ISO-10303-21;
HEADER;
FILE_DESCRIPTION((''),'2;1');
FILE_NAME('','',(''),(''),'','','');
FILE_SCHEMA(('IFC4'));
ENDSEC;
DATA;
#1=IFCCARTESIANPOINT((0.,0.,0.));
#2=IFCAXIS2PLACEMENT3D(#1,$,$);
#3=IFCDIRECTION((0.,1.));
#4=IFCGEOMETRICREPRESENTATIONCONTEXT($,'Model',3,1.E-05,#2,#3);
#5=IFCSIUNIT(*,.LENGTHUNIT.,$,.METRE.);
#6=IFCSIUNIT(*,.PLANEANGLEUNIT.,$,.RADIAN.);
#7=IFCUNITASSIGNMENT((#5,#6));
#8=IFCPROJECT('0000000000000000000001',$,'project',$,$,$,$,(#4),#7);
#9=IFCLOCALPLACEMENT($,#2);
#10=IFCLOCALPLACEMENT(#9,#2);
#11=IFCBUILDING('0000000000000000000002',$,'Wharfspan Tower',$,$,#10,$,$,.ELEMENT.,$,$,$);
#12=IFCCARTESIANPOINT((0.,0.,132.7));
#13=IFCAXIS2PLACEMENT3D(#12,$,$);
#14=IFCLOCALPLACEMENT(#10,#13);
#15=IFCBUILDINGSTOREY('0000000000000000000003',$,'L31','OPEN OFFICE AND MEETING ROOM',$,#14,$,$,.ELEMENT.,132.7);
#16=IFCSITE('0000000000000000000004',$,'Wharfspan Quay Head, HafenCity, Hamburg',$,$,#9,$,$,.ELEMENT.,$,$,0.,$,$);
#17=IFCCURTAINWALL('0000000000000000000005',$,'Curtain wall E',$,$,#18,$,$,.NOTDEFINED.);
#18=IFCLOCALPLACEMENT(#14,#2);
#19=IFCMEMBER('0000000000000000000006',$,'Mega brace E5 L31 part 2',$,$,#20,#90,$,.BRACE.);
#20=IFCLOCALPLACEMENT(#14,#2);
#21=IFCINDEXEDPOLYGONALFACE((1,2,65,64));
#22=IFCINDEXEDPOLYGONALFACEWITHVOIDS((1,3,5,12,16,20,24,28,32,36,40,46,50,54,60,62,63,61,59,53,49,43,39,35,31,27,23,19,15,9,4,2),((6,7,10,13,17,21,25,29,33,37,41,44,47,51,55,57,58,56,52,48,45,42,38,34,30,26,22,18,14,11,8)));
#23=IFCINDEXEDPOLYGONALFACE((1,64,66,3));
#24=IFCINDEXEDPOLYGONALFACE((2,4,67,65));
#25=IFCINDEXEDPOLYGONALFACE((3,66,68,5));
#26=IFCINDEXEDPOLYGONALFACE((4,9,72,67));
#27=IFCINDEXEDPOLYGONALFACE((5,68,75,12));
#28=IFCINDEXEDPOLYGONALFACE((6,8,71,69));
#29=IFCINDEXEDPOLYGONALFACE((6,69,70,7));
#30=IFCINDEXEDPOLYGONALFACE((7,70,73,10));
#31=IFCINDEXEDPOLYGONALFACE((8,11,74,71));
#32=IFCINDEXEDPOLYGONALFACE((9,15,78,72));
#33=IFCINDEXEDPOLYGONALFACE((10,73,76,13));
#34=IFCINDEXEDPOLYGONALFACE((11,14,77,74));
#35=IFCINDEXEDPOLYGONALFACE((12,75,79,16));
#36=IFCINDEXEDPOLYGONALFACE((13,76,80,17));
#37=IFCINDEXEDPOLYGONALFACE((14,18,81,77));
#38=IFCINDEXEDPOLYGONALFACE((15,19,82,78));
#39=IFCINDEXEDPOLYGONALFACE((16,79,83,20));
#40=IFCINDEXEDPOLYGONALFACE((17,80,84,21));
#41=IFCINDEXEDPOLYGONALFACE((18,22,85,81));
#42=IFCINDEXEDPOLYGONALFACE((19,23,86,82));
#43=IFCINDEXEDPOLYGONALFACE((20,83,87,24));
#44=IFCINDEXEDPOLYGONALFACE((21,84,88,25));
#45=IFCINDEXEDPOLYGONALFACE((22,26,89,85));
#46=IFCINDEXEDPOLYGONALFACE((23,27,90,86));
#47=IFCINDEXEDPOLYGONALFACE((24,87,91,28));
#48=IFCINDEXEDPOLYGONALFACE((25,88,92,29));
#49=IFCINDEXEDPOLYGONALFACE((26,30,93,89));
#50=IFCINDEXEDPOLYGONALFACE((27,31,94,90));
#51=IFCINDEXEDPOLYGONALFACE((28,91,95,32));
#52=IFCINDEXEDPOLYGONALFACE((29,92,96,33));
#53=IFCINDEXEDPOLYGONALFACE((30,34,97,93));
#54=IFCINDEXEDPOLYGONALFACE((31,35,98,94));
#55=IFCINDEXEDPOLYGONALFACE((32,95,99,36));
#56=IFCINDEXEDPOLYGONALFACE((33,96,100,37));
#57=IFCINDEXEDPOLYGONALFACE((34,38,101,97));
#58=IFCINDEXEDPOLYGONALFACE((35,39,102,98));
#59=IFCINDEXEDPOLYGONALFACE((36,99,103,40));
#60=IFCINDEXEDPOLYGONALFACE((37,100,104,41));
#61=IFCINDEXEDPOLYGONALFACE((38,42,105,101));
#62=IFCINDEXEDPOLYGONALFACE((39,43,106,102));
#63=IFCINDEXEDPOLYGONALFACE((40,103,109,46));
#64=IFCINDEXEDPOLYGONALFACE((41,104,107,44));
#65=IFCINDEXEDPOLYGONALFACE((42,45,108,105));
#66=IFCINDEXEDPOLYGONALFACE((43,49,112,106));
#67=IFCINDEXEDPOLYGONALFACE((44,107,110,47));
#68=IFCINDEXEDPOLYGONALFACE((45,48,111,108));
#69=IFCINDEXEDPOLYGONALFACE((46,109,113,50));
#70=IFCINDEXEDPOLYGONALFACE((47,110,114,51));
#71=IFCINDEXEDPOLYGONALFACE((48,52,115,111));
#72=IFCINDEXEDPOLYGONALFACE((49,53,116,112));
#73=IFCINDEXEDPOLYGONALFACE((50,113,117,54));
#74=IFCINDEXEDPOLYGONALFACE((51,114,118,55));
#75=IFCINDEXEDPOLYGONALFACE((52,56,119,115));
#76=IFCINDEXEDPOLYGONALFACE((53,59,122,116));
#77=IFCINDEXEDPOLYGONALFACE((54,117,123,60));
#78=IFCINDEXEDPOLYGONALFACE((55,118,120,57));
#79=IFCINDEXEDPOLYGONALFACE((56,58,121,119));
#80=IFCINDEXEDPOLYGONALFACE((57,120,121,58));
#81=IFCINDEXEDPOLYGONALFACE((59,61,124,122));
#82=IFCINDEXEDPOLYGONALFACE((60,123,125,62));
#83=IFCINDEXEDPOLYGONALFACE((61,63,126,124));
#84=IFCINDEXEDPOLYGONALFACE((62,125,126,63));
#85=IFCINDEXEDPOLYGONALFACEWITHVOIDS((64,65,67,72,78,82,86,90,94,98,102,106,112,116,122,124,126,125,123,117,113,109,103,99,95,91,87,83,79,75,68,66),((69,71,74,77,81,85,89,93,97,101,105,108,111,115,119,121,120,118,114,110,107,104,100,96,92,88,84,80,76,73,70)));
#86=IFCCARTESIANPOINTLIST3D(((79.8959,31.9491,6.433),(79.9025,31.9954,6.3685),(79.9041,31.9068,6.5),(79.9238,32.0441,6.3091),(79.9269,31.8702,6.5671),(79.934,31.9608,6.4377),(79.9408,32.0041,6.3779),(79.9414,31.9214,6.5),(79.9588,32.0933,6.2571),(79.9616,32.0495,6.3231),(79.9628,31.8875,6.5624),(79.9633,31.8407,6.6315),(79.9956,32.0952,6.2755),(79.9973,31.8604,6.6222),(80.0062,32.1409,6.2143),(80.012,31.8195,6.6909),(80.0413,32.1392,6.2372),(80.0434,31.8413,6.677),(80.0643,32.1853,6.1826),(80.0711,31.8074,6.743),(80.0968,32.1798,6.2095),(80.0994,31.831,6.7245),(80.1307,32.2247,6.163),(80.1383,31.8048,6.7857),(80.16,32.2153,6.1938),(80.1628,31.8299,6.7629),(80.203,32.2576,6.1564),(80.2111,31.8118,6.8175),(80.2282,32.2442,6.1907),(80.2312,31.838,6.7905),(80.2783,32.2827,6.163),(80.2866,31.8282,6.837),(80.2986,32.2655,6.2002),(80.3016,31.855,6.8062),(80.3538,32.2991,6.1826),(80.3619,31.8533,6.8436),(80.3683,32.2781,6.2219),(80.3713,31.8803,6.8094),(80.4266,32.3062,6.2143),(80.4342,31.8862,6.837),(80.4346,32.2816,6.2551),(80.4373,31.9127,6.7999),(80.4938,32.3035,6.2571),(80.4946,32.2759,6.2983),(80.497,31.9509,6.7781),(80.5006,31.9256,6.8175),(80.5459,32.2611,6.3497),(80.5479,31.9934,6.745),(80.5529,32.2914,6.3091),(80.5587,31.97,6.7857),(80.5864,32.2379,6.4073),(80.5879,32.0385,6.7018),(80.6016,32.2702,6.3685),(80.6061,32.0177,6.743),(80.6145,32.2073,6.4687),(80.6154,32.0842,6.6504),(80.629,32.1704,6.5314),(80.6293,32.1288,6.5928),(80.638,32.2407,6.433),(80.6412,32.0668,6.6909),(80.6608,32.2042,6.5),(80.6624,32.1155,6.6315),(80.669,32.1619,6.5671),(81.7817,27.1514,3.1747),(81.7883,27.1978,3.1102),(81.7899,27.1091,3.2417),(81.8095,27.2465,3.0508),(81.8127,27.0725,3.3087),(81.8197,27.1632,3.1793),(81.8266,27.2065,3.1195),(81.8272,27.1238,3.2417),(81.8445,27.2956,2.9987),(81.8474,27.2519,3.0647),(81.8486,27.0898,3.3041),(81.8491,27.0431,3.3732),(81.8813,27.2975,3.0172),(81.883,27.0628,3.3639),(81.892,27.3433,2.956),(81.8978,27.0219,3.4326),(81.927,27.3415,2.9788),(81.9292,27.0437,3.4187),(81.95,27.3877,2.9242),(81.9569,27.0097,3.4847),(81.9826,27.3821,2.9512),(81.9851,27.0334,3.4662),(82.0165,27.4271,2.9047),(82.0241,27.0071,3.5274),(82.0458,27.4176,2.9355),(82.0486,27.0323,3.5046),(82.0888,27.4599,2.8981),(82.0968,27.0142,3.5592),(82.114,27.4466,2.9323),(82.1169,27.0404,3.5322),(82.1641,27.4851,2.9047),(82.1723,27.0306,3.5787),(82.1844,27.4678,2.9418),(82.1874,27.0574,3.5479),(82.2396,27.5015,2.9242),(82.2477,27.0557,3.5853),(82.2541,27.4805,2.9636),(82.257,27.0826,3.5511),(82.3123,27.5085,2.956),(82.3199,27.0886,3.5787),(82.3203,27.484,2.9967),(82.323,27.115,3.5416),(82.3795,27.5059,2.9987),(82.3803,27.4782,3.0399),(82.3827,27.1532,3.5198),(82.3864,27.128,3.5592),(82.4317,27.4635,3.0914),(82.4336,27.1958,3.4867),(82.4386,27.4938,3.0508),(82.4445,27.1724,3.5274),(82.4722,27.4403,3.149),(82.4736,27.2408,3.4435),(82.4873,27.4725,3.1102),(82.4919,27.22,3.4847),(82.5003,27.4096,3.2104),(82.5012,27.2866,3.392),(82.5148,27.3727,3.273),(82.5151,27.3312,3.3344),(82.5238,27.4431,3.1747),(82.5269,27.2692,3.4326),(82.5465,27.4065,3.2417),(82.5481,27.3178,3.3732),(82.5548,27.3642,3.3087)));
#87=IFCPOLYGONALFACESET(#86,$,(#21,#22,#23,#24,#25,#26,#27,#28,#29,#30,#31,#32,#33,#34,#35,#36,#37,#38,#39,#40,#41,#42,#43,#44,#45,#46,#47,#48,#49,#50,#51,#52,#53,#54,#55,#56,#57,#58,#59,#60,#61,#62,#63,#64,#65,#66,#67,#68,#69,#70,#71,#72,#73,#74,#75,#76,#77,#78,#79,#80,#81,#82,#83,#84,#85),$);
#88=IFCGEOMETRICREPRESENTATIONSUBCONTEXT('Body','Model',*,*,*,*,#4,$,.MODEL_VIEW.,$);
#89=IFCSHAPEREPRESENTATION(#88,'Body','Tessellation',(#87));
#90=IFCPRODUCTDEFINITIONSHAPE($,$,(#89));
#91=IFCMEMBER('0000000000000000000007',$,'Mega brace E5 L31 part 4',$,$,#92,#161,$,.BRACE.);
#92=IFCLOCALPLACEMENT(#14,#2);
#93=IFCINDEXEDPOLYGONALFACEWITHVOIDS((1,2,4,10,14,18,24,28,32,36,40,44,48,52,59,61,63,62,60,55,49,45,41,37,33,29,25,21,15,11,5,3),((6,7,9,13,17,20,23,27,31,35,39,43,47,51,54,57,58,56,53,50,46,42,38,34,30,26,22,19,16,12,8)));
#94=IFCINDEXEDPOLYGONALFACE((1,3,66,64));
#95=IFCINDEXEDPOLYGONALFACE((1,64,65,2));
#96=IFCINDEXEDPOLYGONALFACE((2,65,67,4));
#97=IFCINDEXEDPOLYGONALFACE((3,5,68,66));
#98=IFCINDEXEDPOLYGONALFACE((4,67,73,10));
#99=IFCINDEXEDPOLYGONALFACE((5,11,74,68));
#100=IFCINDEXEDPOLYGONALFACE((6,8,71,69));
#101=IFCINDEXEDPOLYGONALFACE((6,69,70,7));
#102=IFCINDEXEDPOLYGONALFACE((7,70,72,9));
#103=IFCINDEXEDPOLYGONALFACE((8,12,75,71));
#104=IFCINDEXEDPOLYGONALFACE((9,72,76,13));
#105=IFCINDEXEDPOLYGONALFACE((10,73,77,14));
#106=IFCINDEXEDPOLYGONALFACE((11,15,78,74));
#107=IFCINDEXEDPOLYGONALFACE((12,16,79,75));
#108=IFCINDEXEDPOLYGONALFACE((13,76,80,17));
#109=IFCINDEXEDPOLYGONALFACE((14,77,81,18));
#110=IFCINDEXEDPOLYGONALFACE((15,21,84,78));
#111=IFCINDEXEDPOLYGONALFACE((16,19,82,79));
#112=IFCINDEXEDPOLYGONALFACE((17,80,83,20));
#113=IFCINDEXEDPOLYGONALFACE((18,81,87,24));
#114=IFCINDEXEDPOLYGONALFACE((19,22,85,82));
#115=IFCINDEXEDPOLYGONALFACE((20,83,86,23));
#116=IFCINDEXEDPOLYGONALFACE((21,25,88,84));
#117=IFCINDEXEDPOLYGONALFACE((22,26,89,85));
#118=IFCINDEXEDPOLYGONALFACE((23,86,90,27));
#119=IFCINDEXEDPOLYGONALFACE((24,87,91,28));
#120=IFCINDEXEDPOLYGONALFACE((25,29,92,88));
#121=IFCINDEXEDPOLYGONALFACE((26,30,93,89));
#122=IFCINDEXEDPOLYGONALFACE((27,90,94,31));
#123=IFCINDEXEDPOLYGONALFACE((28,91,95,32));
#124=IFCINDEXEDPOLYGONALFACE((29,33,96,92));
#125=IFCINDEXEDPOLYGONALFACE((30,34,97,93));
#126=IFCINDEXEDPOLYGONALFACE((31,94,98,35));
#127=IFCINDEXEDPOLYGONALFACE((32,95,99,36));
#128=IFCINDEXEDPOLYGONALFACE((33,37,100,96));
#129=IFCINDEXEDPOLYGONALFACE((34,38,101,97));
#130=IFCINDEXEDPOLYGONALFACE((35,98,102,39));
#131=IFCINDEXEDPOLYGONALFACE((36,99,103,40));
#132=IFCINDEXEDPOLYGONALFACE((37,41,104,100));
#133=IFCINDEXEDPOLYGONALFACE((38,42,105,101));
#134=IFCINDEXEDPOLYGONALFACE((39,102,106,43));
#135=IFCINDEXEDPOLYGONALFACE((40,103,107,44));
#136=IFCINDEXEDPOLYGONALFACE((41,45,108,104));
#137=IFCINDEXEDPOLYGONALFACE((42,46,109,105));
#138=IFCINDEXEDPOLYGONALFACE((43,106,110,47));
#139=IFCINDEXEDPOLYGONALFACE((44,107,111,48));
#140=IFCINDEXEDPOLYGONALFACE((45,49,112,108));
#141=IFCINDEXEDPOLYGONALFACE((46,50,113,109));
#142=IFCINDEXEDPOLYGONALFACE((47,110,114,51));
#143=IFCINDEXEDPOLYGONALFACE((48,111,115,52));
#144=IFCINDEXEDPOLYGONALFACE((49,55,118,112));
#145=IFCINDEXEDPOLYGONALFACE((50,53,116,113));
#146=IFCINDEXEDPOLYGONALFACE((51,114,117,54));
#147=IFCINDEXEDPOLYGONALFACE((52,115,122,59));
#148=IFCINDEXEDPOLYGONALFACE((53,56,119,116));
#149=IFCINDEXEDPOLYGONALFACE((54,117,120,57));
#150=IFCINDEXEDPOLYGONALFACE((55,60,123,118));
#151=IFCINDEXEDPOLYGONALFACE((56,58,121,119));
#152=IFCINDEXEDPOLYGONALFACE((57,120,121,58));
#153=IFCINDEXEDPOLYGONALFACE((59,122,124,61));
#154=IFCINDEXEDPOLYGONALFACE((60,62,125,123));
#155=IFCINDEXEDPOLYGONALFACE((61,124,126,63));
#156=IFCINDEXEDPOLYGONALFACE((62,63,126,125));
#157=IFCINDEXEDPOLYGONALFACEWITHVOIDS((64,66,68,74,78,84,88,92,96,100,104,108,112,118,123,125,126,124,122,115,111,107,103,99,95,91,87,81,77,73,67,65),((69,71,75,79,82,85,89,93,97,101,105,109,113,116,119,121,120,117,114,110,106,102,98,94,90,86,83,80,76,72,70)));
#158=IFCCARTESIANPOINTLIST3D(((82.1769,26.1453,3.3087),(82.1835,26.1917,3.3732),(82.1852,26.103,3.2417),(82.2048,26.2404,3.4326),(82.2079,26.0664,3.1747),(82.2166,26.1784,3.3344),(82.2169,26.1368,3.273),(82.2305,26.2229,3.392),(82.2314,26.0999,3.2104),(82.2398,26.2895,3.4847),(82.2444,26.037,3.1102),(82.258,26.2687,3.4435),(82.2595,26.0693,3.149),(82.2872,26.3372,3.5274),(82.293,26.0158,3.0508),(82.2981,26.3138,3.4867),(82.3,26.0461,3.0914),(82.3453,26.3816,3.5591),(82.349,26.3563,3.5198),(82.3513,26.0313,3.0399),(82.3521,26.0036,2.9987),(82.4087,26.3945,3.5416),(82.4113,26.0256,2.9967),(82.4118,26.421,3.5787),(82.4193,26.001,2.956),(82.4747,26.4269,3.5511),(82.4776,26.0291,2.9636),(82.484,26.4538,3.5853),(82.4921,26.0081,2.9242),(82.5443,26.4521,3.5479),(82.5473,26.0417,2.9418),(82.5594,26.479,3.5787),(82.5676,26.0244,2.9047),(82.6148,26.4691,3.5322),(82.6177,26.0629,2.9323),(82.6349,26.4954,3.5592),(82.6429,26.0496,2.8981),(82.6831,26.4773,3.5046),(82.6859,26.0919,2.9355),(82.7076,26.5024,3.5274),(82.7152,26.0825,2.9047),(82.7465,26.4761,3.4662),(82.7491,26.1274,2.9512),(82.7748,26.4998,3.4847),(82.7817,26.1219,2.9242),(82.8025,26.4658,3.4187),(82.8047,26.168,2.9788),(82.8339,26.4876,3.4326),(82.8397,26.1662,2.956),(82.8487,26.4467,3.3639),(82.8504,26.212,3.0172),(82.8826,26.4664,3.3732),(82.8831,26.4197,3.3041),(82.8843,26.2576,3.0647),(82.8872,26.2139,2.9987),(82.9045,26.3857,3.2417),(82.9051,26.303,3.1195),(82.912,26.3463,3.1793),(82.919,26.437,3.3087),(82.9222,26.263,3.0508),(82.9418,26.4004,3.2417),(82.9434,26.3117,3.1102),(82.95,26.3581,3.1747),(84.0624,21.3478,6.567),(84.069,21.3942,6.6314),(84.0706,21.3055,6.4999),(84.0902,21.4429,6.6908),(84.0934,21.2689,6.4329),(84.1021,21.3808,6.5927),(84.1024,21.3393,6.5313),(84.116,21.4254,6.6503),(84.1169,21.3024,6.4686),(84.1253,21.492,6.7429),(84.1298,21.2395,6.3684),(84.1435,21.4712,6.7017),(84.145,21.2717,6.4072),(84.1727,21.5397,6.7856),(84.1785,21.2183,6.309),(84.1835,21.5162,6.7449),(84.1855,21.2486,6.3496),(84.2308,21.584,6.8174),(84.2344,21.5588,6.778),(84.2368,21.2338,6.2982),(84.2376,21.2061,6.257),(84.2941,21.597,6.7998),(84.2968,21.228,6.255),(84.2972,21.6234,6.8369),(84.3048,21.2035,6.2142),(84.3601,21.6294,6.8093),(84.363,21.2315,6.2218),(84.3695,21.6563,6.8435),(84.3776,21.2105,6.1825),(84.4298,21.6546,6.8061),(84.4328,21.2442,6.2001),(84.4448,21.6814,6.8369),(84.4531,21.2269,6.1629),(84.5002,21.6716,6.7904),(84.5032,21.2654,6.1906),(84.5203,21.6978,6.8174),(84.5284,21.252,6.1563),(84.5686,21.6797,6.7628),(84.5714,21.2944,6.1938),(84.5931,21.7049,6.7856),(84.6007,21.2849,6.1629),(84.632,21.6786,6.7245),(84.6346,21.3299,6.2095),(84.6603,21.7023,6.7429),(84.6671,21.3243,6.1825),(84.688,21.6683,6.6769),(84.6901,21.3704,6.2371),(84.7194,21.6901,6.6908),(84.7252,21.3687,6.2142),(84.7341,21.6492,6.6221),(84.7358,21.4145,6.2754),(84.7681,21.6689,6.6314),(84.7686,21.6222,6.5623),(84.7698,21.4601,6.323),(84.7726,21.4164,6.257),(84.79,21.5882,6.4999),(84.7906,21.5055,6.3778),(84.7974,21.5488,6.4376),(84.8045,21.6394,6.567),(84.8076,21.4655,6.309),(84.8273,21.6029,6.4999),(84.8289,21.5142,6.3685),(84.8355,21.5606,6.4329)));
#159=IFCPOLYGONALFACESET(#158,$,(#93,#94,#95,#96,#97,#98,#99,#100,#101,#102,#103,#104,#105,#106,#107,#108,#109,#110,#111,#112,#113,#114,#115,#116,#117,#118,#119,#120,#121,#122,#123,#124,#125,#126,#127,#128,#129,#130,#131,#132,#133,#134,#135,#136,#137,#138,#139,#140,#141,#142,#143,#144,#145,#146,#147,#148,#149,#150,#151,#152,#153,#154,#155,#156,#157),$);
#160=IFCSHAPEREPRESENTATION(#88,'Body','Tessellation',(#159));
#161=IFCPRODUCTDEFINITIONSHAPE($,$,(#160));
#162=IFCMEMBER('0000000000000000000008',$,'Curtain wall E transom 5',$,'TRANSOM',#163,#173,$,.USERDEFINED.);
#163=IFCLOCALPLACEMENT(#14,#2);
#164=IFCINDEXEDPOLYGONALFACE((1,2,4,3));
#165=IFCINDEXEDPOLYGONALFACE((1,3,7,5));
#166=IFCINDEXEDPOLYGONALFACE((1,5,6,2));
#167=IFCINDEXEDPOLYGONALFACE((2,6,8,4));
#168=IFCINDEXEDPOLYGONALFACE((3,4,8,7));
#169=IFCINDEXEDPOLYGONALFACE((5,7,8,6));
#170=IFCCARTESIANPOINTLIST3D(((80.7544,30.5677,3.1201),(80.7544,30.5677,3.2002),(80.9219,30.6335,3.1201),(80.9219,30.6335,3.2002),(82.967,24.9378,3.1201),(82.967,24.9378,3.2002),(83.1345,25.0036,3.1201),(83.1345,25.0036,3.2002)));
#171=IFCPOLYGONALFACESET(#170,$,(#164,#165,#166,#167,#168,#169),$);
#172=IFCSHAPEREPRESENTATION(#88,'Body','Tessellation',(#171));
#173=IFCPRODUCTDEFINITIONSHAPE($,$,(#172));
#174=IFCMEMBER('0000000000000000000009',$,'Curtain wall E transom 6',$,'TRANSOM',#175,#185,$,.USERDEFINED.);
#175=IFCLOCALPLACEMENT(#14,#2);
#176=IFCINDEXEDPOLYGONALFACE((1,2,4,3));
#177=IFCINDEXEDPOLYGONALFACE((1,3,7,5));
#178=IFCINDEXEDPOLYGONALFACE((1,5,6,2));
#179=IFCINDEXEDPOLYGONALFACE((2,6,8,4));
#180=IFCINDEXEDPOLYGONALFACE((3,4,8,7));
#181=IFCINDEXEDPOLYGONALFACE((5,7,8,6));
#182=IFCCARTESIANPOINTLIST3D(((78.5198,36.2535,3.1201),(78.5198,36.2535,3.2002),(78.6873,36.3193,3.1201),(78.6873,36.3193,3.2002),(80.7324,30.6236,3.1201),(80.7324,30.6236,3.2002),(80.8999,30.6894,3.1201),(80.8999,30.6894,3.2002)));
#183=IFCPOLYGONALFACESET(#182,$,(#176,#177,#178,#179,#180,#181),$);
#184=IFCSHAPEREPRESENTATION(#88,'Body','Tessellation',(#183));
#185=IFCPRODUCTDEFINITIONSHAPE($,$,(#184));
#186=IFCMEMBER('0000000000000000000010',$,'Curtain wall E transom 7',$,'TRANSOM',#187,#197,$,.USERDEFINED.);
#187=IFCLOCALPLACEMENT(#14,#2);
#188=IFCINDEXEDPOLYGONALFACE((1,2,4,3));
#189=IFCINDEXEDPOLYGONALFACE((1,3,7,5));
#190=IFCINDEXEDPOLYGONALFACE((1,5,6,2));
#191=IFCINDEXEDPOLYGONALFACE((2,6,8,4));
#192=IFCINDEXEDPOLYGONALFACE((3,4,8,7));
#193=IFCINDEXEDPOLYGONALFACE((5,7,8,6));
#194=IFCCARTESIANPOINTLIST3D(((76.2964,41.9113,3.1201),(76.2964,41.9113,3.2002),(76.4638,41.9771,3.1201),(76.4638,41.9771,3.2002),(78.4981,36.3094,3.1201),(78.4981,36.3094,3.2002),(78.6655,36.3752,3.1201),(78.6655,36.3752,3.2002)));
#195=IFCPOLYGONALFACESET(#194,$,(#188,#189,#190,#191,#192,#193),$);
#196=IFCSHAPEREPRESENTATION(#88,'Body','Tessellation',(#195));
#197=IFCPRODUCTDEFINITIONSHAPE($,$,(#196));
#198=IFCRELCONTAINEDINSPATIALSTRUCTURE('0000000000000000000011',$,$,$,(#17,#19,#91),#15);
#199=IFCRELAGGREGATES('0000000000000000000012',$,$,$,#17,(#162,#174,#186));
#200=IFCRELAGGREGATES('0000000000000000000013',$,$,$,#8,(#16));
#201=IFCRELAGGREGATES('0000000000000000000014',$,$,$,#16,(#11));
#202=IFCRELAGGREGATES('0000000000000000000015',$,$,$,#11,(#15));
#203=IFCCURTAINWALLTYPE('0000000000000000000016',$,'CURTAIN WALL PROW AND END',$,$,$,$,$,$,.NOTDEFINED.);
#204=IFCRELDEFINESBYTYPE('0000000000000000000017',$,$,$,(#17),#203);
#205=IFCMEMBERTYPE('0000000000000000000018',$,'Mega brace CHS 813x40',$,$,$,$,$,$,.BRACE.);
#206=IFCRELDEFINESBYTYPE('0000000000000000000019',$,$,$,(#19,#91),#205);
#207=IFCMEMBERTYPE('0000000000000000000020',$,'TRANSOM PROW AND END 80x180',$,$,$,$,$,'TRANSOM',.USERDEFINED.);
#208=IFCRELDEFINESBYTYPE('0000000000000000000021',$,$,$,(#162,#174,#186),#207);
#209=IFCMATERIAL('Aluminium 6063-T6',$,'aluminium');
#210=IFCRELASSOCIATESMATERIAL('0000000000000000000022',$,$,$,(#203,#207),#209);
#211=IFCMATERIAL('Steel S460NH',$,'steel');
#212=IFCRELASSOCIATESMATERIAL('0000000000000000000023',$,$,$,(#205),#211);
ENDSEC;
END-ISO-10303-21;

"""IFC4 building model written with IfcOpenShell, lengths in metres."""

from ifc_helpers import new_model, si_unit, direction, frame, origin, origin_2d, place, context, subcontext, project, spatial, rectangle, hollow_circle, extrude, material, material_profile, profile_set, type_object, element, aggregate, save


model = new_model("IFC4")

# Units and contexts
model_context = context("Model", 3, precision=1e-05, world=origin(), true_north=direction((0.0, 1.0)))
body_context = subcontext(model_context, "Body", "Model", "MODEL_VIEW")
ifc_project = project(units=[si_unit("LENGTHUNIT", "METRE"), si_unit("PLANEANGLEUNIT", "RADIAN")], contexts=[model_context])

# Site, building, storey
site_placement = place(None, origin())
site = spatial("IfcSite", under=ifc_project, at=site_placement, Name="Wharfspan Quay Head, HafenCity, Hamburg", CompositionType="ELEMENT", RefElevation=0.0)
building_placement = place(site_placement, origin())
building = spatial("IfcBuilding", under=site, at=building_placement, Name="Wharfspan Tower", CompositionType="ELEMENT")
storey_placement = place(building_placement, frame((0.0, 0.0, 132.7)))
storey = spatial("IfcBuildingStorey", under=building, at=storey_placement, Name="L31", Description="OPEN OFFICE AND MEETING ROOM", CompositionType="ELEMENT", Elevation=132.7)

# Curtain wall
ifc_material_1 = material(Name="Aluminium 6063-T6", Category="aluminium")
curtain_wall_type = type_object("IfcCurtainWallType", Name="CURTAIN WALL PROW AND END", PredefinedType="NOTDEFINED", material=ifc_material_1)
curtain_wall_1_placement = place(storey_placement, origin())
curtain_wall_1 = element("IfcCurtainWall", 1, at=curtain_wall_1_placement, inside=storey, type_object=curtain_wall_type, Name="Curtain wall E", PredefinedType="NOTDEFINED")

# Members
ifc_material_2 = material(Name="Steel S460NH", Category="steel")
ifc_material_profile_1 = material_profile(ifc_material_2, hollow_circle(Radius=0.4065, WallThickness=0.04, at=origin_2d()))
ifc_profile_set_1 = profile_set([ifc_material_profile_1], Name="Steel S460NH")
member_type_1 = type_object("IfcMemberType", Name="Mega brace CHS 813x40", PredefinedType="BRACE", material=ifc_profile_set_1)
member_1_placement = place(storey_placement, frame((82.1682, 27.2578, 3.2417), z_axis=(-0.309223, 0.786709, 0.534294), x_axis=(-0.930685, -0.365812, -0.000003)))
element("IfcMember", 2, at=member_1_placement, inside=storey, type_object=member_type_1, Name="Mega brace E5 L31 part 2", PredefinedType="BRACE", context=body_context, shape_type="SweptSolid", body=[
    extrude(hollow_circle(Radius=0.4065, WallThickness=0.04, at=origin_2d()), origin(), (0.0, 0.0, 1.0), 6.0984),
])
member_2_placement = place(storey_placement, frame((82.5635, 26.2517, 3.2417), z_axis=(0.309187, -0.786719, 0.534301), x_axis=(0.930704, 0.365777, 0.000004)))
element("IfcMember", 3, at=member_2_placement, inside=storey, type_object=member_type_1, Name="Mega brace E5 L31 part 4", PredefinedType="BRACE", context=body_context, shape_type="SweptSolid", body=[
    extrude(hollow_circle(Radius=0.4065, WallThickness=0.04, at=origin_2d()), origin(), (0.0, 0.0, 1.0), 6.0981),
])

# Members
ifc_material_profile_2 = material_profile(ifc_material_1, rectangle(XDim=0.1799, YDim=0.0801, at=origin_2d()))
ifc_profile_set_2 = profile_set([ifc_material_profile_2], Name="Aluminium 6063-T6")
member_type_2 = type_object("IfcMemberType", Name="TRANSOM PROW AND END 80x180", ElementType="TRANSOM", PredefinedType="USERDEFINED", material=ifc_profile_set_2)
member_3_placement = place(storey_placement, frame((83.0508, 24.9707, 3.1602), z_axis=(-0.365782, 0.9307, 0.0), x_axis=(-0.9307, -0.365782, 0.0)))
member_3 = element("IfcMember", 4, at=member_3_placement, type_object=member_type_2, Name="Curtain wall E transom 5", ObjectType="TRANSOM", PredefinedType="USERDEFINED", context=body_context, shape_type="SweptSolid", body=[
    extrude(rectangle(XDim=0.1799, YDim=0.0801, at=origin_2d()), origin(), (0.0, 0.0, 1.0), 6.0491),
])
member_4_placement = place(storey_placement, frame((80.8162, 30.6565, 3.1602), z_axis=(-0.365782, 0.9307, 0.0), x_axis=(-0.9307, -0.365782, 0.0)))
member_4 = element("IfcMember", 5, at=member_4_placement, type_object=member_type_2, Name="Curtain wall E transom 6", ObjectType="TRANSOM", PredefinedType="USERDEFINED", context=body_context, shape_type="SweptSolid", body=[
    extrude(rectangle(XDim=0.1799, YDim=0.0801, at=origin_2d()), origin(), (0.0, 0.0, 1.0), 6.0491),
])
member_5_placement = place(storey_placement, frame((78.5818, 36.3423, 3.1602), z_axis=(-0.365789, 0.930698, 0.0), x_axis=(-0.930698, -0.365789, 0.0)))
member_5 = element("IfcMember", 6, at=member_5_placement, type_object=member_type_2, Name="Curtain wall E transom 7", ObjectType="TRANSOM", PredefinedType="USERDEFINED", context=body_context, shape_type="SweptSolid", body=[
    extrude(rectangle(XDim=0.1799, YDim=0.0801, at=origin_2d()), origin(), (0.0, 0.0, 1.0), 6.019),
])

aggregate(curtain_wall_1, [member_3, member_4, member_5])

save(model, "model.ifc")
